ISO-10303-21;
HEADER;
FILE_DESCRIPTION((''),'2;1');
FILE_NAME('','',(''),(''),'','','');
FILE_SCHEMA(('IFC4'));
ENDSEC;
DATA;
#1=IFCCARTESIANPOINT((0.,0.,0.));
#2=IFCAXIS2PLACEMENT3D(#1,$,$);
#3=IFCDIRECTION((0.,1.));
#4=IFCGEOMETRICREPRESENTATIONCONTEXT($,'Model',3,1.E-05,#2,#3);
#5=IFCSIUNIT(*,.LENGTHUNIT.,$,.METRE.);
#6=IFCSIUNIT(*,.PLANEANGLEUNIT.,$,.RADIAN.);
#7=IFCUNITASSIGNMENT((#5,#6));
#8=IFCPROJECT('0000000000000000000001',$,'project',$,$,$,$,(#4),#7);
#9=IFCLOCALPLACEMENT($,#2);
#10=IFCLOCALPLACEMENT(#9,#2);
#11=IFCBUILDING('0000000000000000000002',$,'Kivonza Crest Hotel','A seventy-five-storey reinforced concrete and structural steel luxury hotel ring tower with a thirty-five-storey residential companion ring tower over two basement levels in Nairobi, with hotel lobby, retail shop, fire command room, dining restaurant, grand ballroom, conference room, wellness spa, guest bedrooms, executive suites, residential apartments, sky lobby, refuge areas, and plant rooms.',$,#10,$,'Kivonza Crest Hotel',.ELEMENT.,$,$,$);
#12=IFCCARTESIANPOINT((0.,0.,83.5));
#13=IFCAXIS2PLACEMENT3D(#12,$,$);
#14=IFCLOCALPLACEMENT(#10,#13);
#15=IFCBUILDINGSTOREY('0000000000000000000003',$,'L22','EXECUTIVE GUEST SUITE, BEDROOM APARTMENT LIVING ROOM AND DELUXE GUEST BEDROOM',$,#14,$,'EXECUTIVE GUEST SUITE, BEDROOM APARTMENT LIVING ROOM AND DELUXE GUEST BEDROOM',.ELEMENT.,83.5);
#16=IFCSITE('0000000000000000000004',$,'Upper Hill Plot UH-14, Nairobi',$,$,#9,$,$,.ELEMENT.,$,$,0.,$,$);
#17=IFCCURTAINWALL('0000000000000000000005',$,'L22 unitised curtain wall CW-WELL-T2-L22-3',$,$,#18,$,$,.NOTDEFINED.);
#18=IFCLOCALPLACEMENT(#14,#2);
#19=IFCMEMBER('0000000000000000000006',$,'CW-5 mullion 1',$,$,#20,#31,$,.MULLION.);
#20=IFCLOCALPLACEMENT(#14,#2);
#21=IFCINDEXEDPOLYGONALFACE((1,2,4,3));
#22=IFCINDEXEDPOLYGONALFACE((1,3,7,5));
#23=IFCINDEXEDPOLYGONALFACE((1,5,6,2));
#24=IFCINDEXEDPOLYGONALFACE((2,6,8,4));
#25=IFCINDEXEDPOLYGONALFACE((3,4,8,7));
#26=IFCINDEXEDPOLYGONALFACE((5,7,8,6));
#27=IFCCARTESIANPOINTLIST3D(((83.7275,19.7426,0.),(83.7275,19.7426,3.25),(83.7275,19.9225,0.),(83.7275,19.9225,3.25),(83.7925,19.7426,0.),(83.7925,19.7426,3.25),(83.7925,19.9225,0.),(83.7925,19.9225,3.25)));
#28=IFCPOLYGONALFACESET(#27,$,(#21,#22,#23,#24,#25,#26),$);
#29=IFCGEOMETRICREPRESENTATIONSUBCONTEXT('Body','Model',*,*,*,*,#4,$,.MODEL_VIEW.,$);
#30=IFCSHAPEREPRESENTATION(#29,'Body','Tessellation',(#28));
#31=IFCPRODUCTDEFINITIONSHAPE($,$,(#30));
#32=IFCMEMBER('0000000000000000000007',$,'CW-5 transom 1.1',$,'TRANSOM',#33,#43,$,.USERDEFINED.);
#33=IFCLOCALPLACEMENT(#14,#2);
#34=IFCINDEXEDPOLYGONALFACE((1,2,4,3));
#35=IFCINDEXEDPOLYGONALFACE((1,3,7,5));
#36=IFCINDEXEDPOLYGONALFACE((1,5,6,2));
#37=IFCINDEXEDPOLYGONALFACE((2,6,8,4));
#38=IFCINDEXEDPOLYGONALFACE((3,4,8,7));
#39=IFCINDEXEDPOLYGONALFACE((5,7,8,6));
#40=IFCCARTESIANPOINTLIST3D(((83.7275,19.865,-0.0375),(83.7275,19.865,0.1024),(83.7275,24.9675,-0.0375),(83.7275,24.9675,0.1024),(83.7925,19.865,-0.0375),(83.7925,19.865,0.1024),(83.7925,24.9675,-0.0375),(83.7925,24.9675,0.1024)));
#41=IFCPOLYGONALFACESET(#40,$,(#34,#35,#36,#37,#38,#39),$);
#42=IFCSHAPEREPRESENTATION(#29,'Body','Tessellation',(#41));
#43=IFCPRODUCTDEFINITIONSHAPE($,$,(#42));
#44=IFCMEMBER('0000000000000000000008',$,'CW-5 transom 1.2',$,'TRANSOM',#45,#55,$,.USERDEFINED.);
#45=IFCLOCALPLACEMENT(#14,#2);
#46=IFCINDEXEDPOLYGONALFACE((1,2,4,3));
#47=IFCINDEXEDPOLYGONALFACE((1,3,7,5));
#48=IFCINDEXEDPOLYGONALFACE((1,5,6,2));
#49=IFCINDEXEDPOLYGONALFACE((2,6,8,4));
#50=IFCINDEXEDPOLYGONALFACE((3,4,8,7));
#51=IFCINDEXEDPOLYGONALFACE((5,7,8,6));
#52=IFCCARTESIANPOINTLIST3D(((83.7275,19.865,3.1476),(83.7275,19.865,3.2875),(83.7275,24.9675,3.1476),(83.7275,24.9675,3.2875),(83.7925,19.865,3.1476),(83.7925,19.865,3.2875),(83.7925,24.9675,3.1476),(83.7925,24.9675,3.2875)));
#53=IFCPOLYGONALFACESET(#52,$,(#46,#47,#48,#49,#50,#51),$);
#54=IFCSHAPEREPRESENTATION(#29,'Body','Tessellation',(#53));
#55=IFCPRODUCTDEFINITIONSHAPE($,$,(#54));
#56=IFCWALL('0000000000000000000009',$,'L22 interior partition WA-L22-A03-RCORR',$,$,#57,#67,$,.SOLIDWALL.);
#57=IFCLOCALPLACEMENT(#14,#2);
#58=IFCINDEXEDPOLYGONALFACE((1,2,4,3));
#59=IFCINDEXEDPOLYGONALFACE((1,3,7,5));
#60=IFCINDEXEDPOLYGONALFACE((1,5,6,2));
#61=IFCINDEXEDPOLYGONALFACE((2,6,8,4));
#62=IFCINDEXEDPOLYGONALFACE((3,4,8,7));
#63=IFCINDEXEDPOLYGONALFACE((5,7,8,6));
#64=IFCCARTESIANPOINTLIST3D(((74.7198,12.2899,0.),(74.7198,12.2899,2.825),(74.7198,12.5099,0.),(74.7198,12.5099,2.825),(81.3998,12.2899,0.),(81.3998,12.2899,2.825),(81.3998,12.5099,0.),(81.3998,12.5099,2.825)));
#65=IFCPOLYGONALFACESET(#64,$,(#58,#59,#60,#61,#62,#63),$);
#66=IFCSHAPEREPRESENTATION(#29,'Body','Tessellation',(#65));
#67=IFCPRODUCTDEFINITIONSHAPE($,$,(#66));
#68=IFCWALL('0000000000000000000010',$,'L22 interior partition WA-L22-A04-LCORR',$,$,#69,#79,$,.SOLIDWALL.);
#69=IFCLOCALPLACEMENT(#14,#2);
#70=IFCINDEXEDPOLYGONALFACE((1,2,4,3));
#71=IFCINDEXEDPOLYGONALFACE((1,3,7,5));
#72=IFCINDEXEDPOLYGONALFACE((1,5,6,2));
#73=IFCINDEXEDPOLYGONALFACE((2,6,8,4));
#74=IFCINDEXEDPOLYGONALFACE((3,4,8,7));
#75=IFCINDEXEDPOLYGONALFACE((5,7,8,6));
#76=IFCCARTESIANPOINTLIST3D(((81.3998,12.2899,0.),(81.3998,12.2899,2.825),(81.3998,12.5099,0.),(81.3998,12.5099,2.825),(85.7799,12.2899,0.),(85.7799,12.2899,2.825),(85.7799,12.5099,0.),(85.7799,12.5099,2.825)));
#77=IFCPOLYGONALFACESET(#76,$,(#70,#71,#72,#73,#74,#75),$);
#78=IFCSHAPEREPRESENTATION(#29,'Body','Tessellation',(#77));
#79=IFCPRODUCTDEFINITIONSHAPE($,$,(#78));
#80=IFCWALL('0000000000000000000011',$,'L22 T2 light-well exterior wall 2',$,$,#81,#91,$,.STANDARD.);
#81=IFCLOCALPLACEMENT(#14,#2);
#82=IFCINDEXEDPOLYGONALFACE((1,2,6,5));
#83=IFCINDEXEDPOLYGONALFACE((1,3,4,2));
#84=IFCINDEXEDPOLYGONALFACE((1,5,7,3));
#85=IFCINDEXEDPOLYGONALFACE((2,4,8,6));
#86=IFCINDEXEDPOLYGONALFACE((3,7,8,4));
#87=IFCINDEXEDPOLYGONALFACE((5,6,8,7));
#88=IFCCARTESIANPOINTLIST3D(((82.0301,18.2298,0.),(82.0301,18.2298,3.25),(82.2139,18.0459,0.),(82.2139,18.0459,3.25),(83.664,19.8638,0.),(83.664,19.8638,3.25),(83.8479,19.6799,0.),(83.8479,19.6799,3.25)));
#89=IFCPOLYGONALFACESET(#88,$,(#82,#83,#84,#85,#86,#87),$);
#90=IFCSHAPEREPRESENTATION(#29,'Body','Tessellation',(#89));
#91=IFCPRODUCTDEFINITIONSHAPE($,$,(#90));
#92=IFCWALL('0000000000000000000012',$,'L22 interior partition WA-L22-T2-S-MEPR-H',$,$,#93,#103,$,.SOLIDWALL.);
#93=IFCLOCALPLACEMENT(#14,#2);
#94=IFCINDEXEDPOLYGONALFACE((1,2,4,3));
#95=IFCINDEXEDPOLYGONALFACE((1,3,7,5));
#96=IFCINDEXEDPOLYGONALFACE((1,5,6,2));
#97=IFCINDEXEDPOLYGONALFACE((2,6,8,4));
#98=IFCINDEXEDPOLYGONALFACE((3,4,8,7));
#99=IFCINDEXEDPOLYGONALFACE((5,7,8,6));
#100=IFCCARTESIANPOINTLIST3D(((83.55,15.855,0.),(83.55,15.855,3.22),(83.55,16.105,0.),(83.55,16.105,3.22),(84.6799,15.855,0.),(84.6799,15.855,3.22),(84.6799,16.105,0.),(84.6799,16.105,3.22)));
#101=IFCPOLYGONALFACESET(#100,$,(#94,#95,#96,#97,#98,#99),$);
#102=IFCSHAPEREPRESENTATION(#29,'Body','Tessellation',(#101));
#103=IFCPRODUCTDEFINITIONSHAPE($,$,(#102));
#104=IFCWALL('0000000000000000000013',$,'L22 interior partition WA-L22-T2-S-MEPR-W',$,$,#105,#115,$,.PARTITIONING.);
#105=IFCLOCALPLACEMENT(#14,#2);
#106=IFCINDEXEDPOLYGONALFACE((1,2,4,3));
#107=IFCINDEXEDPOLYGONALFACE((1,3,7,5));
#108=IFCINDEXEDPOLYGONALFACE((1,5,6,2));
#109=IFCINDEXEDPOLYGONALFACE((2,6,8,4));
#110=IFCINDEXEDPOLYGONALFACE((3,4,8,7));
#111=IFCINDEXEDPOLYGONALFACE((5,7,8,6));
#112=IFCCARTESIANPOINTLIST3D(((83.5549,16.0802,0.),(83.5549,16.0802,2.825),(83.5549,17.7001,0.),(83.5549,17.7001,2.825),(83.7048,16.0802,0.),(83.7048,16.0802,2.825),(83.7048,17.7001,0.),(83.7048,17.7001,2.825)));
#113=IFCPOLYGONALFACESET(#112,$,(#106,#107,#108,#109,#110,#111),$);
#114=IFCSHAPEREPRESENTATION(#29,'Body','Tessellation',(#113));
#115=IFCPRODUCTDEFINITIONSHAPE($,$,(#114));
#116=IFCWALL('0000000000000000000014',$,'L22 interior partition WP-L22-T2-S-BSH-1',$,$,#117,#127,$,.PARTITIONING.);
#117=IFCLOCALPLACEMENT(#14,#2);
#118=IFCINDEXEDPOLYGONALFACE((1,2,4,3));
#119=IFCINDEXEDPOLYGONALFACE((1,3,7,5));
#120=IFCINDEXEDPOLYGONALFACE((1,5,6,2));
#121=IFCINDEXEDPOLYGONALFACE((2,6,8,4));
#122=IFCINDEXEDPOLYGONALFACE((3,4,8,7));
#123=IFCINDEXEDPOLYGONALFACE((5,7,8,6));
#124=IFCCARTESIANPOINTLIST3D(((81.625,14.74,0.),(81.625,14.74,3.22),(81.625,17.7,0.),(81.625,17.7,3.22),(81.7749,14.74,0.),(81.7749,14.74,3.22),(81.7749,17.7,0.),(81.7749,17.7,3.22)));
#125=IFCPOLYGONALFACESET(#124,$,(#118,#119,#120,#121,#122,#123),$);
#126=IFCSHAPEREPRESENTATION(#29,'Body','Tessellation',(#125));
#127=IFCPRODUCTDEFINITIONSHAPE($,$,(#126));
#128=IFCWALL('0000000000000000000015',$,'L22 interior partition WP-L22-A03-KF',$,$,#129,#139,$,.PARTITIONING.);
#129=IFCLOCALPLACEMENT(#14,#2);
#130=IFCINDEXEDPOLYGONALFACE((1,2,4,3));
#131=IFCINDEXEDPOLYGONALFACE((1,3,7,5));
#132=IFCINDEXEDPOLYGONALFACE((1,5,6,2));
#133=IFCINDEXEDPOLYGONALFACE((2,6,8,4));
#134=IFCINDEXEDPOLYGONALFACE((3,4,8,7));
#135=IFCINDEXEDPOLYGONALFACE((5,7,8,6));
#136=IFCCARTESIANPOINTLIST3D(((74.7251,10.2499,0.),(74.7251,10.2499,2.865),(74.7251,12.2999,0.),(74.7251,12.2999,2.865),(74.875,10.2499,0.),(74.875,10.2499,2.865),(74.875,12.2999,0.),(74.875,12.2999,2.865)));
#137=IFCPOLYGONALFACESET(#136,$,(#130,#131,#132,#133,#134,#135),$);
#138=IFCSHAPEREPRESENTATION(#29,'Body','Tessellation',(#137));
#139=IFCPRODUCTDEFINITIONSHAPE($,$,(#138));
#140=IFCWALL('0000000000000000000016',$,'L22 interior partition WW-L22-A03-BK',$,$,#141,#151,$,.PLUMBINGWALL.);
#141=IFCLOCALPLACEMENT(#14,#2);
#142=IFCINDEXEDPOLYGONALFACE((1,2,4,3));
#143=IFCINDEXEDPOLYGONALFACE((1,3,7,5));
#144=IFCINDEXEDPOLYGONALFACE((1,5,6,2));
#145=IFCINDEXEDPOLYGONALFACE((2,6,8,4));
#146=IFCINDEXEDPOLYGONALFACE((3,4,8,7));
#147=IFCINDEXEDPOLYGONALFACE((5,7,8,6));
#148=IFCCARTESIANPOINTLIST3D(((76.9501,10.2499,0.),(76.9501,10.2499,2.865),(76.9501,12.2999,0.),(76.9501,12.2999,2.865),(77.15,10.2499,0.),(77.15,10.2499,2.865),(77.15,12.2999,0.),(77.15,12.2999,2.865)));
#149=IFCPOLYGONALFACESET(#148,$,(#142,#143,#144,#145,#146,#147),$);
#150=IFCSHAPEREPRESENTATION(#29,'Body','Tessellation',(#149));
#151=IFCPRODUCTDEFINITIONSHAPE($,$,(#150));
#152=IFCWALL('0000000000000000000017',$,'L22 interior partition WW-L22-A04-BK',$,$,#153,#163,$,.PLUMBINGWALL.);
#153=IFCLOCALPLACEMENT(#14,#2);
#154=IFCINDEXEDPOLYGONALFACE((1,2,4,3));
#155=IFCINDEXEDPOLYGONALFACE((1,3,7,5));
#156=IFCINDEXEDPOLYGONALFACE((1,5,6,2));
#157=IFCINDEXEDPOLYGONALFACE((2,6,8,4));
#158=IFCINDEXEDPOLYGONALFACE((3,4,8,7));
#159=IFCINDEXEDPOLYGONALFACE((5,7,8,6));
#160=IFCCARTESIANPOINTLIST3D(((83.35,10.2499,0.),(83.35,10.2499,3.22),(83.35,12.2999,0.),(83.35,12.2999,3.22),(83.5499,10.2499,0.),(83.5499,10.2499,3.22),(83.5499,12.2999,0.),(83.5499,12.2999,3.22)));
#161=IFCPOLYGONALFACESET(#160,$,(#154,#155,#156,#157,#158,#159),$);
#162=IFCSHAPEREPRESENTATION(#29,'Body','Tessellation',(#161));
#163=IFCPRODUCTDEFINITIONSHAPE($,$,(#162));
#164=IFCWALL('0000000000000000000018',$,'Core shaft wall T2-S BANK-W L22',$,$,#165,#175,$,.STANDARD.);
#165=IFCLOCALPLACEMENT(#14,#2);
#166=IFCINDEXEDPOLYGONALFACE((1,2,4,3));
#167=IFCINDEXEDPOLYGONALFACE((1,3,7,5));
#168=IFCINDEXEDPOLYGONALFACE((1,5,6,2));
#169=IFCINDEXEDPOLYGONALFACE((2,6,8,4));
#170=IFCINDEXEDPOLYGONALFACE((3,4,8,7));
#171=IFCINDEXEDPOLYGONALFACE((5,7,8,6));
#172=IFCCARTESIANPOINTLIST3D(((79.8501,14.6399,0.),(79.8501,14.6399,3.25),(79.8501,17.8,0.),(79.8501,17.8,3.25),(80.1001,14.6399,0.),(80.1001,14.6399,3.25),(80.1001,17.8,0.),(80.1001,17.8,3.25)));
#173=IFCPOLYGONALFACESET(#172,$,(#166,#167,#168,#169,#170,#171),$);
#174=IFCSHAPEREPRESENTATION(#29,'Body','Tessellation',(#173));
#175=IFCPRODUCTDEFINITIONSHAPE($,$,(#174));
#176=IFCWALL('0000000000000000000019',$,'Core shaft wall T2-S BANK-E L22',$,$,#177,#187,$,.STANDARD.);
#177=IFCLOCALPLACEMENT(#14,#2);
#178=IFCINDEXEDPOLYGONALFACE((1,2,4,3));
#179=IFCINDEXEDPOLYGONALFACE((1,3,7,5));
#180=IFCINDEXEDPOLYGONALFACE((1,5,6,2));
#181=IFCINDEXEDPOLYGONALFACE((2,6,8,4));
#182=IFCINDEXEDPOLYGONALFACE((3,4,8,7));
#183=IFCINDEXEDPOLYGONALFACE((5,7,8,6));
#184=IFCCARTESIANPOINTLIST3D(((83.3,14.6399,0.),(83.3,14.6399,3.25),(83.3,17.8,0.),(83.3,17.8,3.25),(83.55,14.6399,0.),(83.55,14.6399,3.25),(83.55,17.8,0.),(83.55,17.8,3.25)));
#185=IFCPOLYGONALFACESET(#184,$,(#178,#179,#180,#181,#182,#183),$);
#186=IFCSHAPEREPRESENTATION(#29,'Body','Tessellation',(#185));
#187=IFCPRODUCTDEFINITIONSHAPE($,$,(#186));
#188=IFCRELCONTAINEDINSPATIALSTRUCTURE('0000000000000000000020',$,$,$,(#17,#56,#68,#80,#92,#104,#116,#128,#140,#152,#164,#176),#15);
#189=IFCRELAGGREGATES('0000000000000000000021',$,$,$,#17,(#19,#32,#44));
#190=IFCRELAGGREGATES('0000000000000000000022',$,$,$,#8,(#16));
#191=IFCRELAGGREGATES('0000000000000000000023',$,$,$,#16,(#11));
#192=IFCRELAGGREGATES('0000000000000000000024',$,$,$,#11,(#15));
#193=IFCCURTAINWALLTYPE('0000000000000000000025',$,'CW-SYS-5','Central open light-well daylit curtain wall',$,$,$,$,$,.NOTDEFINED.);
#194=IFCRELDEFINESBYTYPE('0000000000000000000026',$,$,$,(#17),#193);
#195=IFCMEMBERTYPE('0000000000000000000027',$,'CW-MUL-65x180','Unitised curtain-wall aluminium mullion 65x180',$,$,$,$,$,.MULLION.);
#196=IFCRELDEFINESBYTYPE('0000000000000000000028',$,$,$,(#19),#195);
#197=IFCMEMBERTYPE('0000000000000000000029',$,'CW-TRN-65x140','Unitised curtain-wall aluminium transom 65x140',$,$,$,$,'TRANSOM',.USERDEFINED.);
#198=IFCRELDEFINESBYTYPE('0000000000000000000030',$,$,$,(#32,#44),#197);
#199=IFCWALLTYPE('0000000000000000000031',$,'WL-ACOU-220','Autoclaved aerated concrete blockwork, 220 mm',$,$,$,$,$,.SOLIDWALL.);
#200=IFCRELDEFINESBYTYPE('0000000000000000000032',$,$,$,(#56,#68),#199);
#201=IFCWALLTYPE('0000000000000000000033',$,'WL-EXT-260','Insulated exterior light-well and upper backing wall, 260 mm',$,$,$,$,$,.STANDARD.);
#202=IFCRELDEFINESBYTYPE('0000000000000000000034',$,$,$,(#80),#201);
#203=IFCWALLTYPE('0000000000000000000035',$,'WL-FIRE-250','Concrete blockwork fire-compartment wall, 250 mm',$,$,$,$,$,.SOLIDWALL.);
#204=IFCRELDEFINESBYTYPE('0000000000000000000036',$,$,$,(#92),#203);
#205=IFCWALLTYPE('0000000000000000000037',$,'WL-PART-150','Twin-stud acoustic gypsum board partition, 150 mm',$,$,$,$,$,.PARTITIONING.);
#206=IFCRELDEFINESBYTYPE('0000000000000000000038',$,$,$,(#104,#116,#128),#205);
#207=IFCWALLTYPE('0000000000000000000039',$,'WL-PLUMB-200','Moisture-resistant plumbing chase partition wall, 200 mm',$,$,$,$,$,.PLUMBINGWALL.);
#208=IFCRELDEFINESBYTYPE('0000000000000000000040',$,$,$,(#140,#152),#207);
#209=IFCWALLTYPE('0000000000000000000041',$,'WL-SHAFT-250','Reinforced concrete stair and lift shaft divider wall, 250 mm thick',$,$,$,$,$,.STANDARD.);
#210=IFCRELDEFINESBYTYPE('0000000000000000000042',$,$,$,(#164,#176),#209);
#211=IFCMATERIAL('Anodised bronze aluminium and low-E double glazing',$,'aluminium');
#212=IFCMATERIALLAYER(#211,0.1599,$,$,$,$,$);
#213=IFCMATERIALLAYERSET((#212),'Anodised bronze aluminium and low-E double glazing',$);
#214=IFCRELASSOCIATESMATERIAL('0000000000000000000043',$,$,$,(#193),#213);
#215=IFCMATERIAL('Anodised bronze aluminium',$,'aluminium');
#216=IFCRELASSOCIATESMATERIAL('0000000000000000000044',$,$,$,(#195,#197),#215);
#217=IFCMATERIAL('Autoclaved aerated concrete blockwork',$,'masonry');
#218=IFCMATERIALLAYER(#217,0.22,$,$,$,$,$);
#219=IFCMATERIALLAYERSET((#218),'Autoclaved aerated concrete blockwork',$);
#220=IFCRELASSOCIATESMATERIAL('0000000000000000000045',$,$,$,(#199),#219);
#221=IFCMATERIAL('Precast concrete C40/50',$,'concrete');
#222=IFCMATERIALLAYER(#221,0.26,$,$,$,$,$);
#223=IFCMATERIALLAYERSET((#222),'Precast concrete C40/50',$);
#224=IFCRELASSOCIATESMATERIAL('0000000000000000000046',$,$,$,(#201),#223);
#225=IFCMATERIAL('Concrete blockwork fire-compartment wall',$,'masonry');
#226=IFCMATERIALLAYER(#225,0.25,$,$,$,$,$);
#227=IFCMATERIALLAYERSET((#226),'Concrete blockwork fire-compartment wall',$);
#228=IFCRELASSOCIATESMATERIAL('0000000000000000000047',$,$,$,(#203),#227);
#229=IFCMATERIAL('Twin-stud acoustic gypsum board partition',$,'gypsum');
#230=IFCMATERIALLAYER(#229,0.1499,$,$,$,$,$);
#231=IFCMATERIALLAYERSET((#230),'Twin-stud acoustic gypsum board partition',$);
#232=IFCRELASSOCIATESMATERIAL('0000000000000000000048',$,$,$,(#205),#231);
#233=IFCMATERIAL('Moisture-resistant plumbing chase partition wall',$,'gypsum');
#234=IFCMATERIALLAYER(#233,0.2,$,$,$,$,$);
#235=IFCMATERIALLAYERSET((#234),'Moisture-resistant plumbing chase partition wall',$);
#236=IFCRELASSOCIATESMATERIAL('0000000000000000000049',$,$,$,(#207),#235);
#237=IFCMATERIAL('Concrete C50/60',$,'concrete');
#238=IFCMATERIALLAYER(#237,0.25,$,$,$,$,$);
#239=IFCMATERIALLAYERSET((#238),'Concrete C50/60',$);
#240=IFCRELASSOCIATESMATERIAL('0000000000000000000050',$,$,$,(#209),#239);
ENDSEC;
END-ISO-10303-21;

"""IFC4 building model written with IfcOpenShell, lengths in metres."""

from ifc_helpers import new_model, si_unit, direction, frame, frame_2d, origin, origin_2d, place, context, subcontext, project, spatial, rectangle, extrude, material, layer, layer_set, material_profile, profile_set, type_object, element, aggregate, save


model = new_model("IFC4")

# Units and contexts
model_context = context("Model", 3, precision=1e-05, world=origin(), true_north=direction((0.0, 1.0)))
body_context = subcontext(model_context, "Body", "Model", "MODEL_VIEW")
ifc_project = project(units=[si_unit("LENGTHUNIT", "METRE"), si_unit("PLANEANGLEUNIT", "RADIAN")], contexts=[model_context])

# Site, building, storey
site_placement = place(None, origin())
site = spatial("IfcSite", under=ifc_project, at=site_placement, Name="Upper Hill Plot UH-14, Nairobi", CompositionType="ELEMENT", RefElevation=0.0)
building_placement = place(site_placement, origin())
building = spatial("IfcBuilding", under=site, at=building_placement, Name="Kivonza Crest Hotel", Description="A seventy-five-storey reinforced concrete and structural steel luxury hotel ring tower with a thirty-five-storey residential companion ring tower over two basement levels in Nairobi, with hotel lobby, retail shop, fire command room, dining restaurant, grand ballroom, conference room, wellness spa, guest bedrooms, executive suites, residential apartments, sky lobby, refuge areas, and plant rooms.", LongName="Kivonza Crest Hotel", CompositionType="ELEMENT")
storey_placement = place(building_placement, frame((0.0, 0.0, 83.5)))
storey = spatial("IfcBuildingStorey", under=building, at=storey_placement, Name="L22", Description="EXECUTIVE GUEST SUITE, BEDROOM APARTMENT LIVING ROOM AND DELUXE GUEST BEDROOM", LongName="EXECUTIVE GUEST SUITE, BEDROOM APARTMENT LIVING ROOM AND DELUXE GUEST BEDROOM", CompositionType="ELEMENT", Elevation=83.5)

# Curtain wall, members
ifc_material_1 = material(Name="Anodised bronze aluminium and low-E double glazing", Category="aluminium")
ifc_layer_1 = layer(ifc_material_1, 0.1599)
ifc_layer_set_1 = layer_set([ifc_layer_1], Name="Anodised bronze aluminium and low-E double glazing")
curtain_wall_type = type_object("IfcCurtainWallType", Name="CW-SYS-5", Description="Central open light-well daylit curtain wall", PredefinedType="NOTDEFINED", material=ifc_layer_set_1)
curtain_wall_placement = place(storey_placement, origin())
curtain_wall = element("IfcCurtainWall", 1, at=curtain_wall_placement, inside=storey, type_object=curtain_wall_type, Name="L22 unitised curtain wall CW-WELL-T2-L22-3", PredefinedType="NOTDEFINED")
ifc_material_2 = material(Name="Anodised bronze aluminium", Category="aluminium")
ifc_material_profile_1 = material_profile(ifc_material_2, rectangle(XDim=0.0649, YDim=0.1799, at=origin_2d()), Name="CW-M 65x180")
ifc_profile_set_1 = profile_set([ifc_material_profile_1], Name="Anodised bronze aluminium")
member_type_1 = type_object("IfcMemberType", Name="CW-MUL-65x180", Description="Unitised curtain-wall aluminium mullion 65x180", PredefinedType="MULLION", material=ifc_profile_set_1)
member_1_placement = place(storey_placement, frame((83.76, 19.8325, 0.0), z_axis=(0.0, 0.0, 1.0), x_axis=(-1.0, 0.0, 0.0)))
member_1 = element("IfcMember", 2, at=member_1_placement, type_object=member_type_1, Name="CW-5 mullion 1", PredefinedType="MULLION", context=body_context, shape_type="SweptSolid", body=[
    extrude(rectangle(XDim=0.0649, YDim=0.1799, at=origin_2d()), origin(), (0.0, 0.0, 1.0), 3.25),
])
ifc_material_profile_2 = material_profile(ifc_material_2, rectangle(XDim=0.0649, YDim=0.1399, at=origin_2d()), Name="CW-T 65x140")
ifc_profile_set_2 = profile_set([ifc_material_profile_2], Name="Anodised bronze aluminium")
member_type_2 = type_object("IfcMemberType", Name="CW-TRN-65x140", Description="Unitised curtain-wall aluminium transom 65x140", ElementType="TRANSOM", PredefinedType="USERDEFINED", material=ifc_profile_set_2)
member_2_placement = place(storey_placement, frame((83.76, 19.865, 0.0325), z_axis=(0.0, 1.0, 0.0), x_axis=(-1.0, 0.0, 0.0)))
member_2 = element("IfcMember", 3, at=member_2_placement, type_object=member_type_2, Name="CW-5 transom 1.1", ObjectType="TRANSOM", PredefinedType="USERDEFINED", context=body_context, shape_type="SweptSolid", body=[
    extrude(rectangle(XDim=0.0649, YDim=0.1399, at=origin_2d()), origin(), (0.0, 0.0, 1.0), 5.1025),
])
member_3_placement = place(storey_placement, frame((83.76, 19.865, 3.2175), z_axis=(0.0, 1.0, 0.0), x_axis=(-1.0, 0.0, 0.0)))
member_3 = element("IfcMember", 4, at=member_3_placement, type_object=member_type_2, Name="CW-5 transom 1.2", ObjectType="TRANSOM", PredefinedType="USERDEFINED", context=body_context, shape_type="SweptSolid", body=[
    extrude(rectangle(XDim=0.0649, YDim=0.1399, at=origin_2d()), origin(), (0.0, 0.0, 1.0), 5.1025),
])
aggregate(curtain_wall, [member_1, member_2, member_3])

# Walls
ifc_material_3 = material(Name="Autoclaved aerated concrete blockwork", Category="masonry")
ifc_layer_2 = layer(ifc_material_3, 0.22)
ifc_layer_set_2 = layer_set([ifc_layer_2], Name="Autoclaved aerated concrete blockwork")
wall_type_1 = type_object("IfcWallType", Name="WL-ACOU-220", Description="Autoclaved aerated concrete blockwork, 220 mm", PredefinedType="SOLIDWALL", material=ifc_layer_set_2)
wall_1_placement = place(storey_placement, frame((74.72, 12.3999, 0.0), z_axis=(0.0, 0.0, 1.0), x_axis=(1.0, 0.0, 0.0)))
element("IfcWall", 5, at=wall_1_placement, inside=storey, type_object=wall_type_1, Name="L22 interior partition WA-L22-A03-RCORR", PredefinedType="SOLIDWALL", context=body_context, shape_type="SweptSolid", body=[
    extrude(rectangle(XDim=6.6799, YDim=0.22, at=frame_2d((3.3398, 0.0))), origin(), (0.0, 0.0, 1.0), 2.825),
])
wall_2_placement = place(storey_placement, frame((81.3999, 12.3999, 0.0), z_axis=(0.0, 0.0, 1.0), x_axis=(1.0, 0.0, 0.0)))
element("IfcWall", 6, at=wall_2_placement, inside=storey, type_object=wall_type_1, Name="L22 interior partition WA-L22-A04-LCORR", PredefinedType="SOLIDWALL", context=body_context, shape_type="SweptSolid", body=[
    extrude(rectangle(XDim=4.3801, YDim=0.22, at=frame_2d((2.1899, 0.0))), origin(), (0.0, 0.0, 1.0), 2.825),
])
ifc_material_4 = material(Name="Precast concrete C40/50", Category="concrete")
ifc_layer_3 = layer(ifc_material_4, 0.26)
ifc_layer_set_3 = layer_set([ifc_layer_3], Name="Precast concrete C40/50")
wall_type_2 = type_object("IfcWallType", Name="WL-EXT-260", Description="Insulated exterior light-well and upper backing wall, 260 mm", PredefinedType="STANDARD", material=ifc_layer_set_3)
wall_3_placement = place(storey_placement, frame((82.1221, 18.1379, 0.0), z_axis=(0.0, 0.0, 1.0), x_axis=(0.707107, 0.707107, 0.0)))
element("IfcWall", 7, at=wall_3_placement, inside=storey, type_object=wall_type_2, Name="L22 T2 light-well exterior wall 2", PredefinedType="STANDARD", context=body_context, shape_type="SweptSolid", body=[
    extrude(rectangle(XDim=2.3108, YDim=0.26, at=frame_2d((1.1553, 0.0))), origin(), (0.0, 0.0, 1.0), 3.25),
])
ifc_material_5 = material(Name="Concrete blockwork fire-compartment wall", Category="masonry")
ifc_layer_4 = layer(ifc_material_5, 0.25)
ifc_layer_set_4 = layer_set([ifc_layer_4], Name="Concrete blockwork fire-compartment wall")
wall_type_3 = type_object("IfcWallType", Name="WL-FIRE-250", Description="Concrete blockwork fire-compartment wall, 250 mm", PredefinedType="SOLIDWALL", material=ifc_layer_set_4)
wall_4_placement = place(storey_placement, frame((83.55, 15.98, 0.0), z_axis=(0.0, 0.0, 1.0), x_axis=(1.0, 0.0, 0.0)))
element("IfcWall", 8, at=wall_4_placement, inside=storey, type_object=wall_type_3, Name="L22 interior partition WA-L22-T2-S-MEPR-H", PredefinedType="SOLIDWALL", context=body_context, shape_type="SweptSolid", body=[
    extrude(rectangle(XDim=1.1299, YDim=0.25, at=frame_2d((0.5649, 0.0))), origin(), (0.0, 0.0, 1.0), 3.22),
])
ifc_material_6 = material(Name="Twin-stud acoustic gypsum board partition", Category="gypsum")
ifc_layer_5 = layer(ifc_material_6, 0.1499)
ifc_layer_set_5 = layer_set([ifc_layer_5], Name="Twin-stud acoustic gypsum board partition")
wall_type_4 = type_object("IfcWallType", Name="WL-PART-150", Description="Twin-stud acoustic gypsum board partition, 150 mm", PredefinedType="PARTITIONING", material=ifc_layer_set_5)
wall_5_placement = place(storey_placement, frame((83.6299, 16.0801, 0.0), z_axis=(0.0, 0.0, 1.0), x_axis=(0.0, 1.0, 0.0)))
element("IfcWall", 9, at=wall_5_placement, inside=storey, type_object=wall_type_4, Name="L22 interior partition WA-L22-T2-S-MEPR-W", PredefinedType="PARTITIONING", context=body_context, shape_type="SweptSolid", body=[
    extrude(rectangle(XDim=1.6199, YDim=0.1499, at=frame_2d((0.8101, 0.0))), origin(), (0.0, 0.0, 1.0), 2.825),
])
wall_6_placement = place(storey_placement, frame((81.7, 14.74, 0.0), z_axis=(0.0, 0.0, 1.0), x_axis=(0.0, 1.0, 0.0)))
element("IfcWall", 10, at=wall_6_placement, inside=storey, type_object=wall_type_4, Name="L22 interior partition WP-L22-T2-S-BSH-1", PredefinedType="PARTITIONING", context=body_context, shape_type="SweptSolid", body=[
    extrude(rectangle(XDim=2.96, YDim=0.1499, at=frame_2d((1.48, 0.0))), origin(), (0.0, 0.0, 1.0), 3.22),
])
wall_7_placement = place(storey_placement, frame((74.8, 10.25, 0.0), z_axis=(0.0, 0.0, 1.0), x_axis=(0.0, 1.0, 0.0)))
element("IfcWall", 11, at=wall_7_placement, inside=storey, type_object=wall_type_4, Name="L22 interior partition WP-L22-A03-KF", PredefinedType="PARTITIONING", context=body_context, shape_type="SweptSolid", body=[
    extrude(rectangle(XDim=2.05, YDim=0.1499, at=frame_2d((1.0249, 0.0))), origin(), (0.0, 0.0, 1.0), 2.865),
])
ifc_material_7 = material(Name="Moisture-resistant plumbing chase partition wall", Category="gypsum")
ifc_layer_6 = layer(ifc_material_7, 0.2)
ifc_layer_set_6 = layer_set([ifc_layer_6], Name="Moisture-resistant plumbing chase partition wall")
wall_type_5 = type_object("IfcWallType", Name="WL-PLUMB-200", Description="Moisture-resistant plumbing chase partition wall, 200 mm", PredefinedType="PLUMBINGWALL", material=ifc_layer_set_6)
wall_8_placement = place(storey_placement, frame((77.05, 10.25, 0.0), z_axis=(0.0, 0.0, 1.0), x_axis=(0.0, 1.0, 0.0)))
element("IfcWall", 12, at=wall_8_placement, inside=storey, type_object=wall_type_5, Name="L22 interior partition WW-L22-A03-BK", PredefinedType="PLUMBINGWALL", context=body_context, shape_type="SweptSolid", body=[
    extrude(rectangle(XDim=2.05, YDim=0.2, at=frame_2d((1.0249, 0.0))), origin(), (0.0, 0.0, 1.0), 2.865),
])
wall_9_placement = place(storey_placement, frame((83.45, 10.25, 0.0), z_axis=(0.0, 0.0, 1.0), x_axis=(0.0, 1.0, 0.0)))
element("IfcWall", 13, at=wall_9_placement, inside=storey, type_object=wall_type_5, Name="L22 interior partition WW-L22-A04-BK", PredefinedType="PLUMBINGWALL", context=body_context, shape_type="SweptSolid", body=[
    extrude(rectangle(XDim=2.05, YDim=0.2, at=frame_2d((1.0249, 0.0))), origin(), (0.0, 0.0, 1.0), 3.22),
])

# Shared definitions
ifc_material_8 = material(Name="Concrete C50/60", Category="concrete")
ifc_layer_7 = layer(ifc_material_8, 0.25)
ifc_layer_set_7 = layer_set([ifc_layer_7], Name="Concrete C50/60")
wall_type_6 = type_object("IfcWallType", Name="WL-SHAFT-250", Description="Reinforced concrete stair and lift shaft divider wall, 250 mm thick", PredefinedType="STANDARD", material=ifc_layer_set_7)

# Walls
for number, where, z_axis, x_axis, name in (
    (14, (79.9751, 14.6399, 0.0), (0.0, 0.0, 1.0), (0.0, 1.0, 0.0), "Core shaft wall T2-S BANK-W L22"),
    (15, (83.425, 14.6399, 0.0), (0.0, 0.0, 1.0), (0.0, 1.0, 0.0), "Core shaft wall T2-S BANK-E L22"),
):
    element("IfcWall", number, at=place(storey_placement, frame(where, z_axis=z_axis, x_axis=x_axis)), inside=storey, type_object=wall_type_6, Name=name, PredefinedType="STANDARD", context=body_context, shape_type="SweptSolid", body=[
        extrude(rectangle(XDim=3.1602, YDim=0.25, at=frame_2d((1.5801, 0.0))), origin(), (0.0, 0.0, 1.0), 3.25),
    ])

save(model, "model.ifc")
